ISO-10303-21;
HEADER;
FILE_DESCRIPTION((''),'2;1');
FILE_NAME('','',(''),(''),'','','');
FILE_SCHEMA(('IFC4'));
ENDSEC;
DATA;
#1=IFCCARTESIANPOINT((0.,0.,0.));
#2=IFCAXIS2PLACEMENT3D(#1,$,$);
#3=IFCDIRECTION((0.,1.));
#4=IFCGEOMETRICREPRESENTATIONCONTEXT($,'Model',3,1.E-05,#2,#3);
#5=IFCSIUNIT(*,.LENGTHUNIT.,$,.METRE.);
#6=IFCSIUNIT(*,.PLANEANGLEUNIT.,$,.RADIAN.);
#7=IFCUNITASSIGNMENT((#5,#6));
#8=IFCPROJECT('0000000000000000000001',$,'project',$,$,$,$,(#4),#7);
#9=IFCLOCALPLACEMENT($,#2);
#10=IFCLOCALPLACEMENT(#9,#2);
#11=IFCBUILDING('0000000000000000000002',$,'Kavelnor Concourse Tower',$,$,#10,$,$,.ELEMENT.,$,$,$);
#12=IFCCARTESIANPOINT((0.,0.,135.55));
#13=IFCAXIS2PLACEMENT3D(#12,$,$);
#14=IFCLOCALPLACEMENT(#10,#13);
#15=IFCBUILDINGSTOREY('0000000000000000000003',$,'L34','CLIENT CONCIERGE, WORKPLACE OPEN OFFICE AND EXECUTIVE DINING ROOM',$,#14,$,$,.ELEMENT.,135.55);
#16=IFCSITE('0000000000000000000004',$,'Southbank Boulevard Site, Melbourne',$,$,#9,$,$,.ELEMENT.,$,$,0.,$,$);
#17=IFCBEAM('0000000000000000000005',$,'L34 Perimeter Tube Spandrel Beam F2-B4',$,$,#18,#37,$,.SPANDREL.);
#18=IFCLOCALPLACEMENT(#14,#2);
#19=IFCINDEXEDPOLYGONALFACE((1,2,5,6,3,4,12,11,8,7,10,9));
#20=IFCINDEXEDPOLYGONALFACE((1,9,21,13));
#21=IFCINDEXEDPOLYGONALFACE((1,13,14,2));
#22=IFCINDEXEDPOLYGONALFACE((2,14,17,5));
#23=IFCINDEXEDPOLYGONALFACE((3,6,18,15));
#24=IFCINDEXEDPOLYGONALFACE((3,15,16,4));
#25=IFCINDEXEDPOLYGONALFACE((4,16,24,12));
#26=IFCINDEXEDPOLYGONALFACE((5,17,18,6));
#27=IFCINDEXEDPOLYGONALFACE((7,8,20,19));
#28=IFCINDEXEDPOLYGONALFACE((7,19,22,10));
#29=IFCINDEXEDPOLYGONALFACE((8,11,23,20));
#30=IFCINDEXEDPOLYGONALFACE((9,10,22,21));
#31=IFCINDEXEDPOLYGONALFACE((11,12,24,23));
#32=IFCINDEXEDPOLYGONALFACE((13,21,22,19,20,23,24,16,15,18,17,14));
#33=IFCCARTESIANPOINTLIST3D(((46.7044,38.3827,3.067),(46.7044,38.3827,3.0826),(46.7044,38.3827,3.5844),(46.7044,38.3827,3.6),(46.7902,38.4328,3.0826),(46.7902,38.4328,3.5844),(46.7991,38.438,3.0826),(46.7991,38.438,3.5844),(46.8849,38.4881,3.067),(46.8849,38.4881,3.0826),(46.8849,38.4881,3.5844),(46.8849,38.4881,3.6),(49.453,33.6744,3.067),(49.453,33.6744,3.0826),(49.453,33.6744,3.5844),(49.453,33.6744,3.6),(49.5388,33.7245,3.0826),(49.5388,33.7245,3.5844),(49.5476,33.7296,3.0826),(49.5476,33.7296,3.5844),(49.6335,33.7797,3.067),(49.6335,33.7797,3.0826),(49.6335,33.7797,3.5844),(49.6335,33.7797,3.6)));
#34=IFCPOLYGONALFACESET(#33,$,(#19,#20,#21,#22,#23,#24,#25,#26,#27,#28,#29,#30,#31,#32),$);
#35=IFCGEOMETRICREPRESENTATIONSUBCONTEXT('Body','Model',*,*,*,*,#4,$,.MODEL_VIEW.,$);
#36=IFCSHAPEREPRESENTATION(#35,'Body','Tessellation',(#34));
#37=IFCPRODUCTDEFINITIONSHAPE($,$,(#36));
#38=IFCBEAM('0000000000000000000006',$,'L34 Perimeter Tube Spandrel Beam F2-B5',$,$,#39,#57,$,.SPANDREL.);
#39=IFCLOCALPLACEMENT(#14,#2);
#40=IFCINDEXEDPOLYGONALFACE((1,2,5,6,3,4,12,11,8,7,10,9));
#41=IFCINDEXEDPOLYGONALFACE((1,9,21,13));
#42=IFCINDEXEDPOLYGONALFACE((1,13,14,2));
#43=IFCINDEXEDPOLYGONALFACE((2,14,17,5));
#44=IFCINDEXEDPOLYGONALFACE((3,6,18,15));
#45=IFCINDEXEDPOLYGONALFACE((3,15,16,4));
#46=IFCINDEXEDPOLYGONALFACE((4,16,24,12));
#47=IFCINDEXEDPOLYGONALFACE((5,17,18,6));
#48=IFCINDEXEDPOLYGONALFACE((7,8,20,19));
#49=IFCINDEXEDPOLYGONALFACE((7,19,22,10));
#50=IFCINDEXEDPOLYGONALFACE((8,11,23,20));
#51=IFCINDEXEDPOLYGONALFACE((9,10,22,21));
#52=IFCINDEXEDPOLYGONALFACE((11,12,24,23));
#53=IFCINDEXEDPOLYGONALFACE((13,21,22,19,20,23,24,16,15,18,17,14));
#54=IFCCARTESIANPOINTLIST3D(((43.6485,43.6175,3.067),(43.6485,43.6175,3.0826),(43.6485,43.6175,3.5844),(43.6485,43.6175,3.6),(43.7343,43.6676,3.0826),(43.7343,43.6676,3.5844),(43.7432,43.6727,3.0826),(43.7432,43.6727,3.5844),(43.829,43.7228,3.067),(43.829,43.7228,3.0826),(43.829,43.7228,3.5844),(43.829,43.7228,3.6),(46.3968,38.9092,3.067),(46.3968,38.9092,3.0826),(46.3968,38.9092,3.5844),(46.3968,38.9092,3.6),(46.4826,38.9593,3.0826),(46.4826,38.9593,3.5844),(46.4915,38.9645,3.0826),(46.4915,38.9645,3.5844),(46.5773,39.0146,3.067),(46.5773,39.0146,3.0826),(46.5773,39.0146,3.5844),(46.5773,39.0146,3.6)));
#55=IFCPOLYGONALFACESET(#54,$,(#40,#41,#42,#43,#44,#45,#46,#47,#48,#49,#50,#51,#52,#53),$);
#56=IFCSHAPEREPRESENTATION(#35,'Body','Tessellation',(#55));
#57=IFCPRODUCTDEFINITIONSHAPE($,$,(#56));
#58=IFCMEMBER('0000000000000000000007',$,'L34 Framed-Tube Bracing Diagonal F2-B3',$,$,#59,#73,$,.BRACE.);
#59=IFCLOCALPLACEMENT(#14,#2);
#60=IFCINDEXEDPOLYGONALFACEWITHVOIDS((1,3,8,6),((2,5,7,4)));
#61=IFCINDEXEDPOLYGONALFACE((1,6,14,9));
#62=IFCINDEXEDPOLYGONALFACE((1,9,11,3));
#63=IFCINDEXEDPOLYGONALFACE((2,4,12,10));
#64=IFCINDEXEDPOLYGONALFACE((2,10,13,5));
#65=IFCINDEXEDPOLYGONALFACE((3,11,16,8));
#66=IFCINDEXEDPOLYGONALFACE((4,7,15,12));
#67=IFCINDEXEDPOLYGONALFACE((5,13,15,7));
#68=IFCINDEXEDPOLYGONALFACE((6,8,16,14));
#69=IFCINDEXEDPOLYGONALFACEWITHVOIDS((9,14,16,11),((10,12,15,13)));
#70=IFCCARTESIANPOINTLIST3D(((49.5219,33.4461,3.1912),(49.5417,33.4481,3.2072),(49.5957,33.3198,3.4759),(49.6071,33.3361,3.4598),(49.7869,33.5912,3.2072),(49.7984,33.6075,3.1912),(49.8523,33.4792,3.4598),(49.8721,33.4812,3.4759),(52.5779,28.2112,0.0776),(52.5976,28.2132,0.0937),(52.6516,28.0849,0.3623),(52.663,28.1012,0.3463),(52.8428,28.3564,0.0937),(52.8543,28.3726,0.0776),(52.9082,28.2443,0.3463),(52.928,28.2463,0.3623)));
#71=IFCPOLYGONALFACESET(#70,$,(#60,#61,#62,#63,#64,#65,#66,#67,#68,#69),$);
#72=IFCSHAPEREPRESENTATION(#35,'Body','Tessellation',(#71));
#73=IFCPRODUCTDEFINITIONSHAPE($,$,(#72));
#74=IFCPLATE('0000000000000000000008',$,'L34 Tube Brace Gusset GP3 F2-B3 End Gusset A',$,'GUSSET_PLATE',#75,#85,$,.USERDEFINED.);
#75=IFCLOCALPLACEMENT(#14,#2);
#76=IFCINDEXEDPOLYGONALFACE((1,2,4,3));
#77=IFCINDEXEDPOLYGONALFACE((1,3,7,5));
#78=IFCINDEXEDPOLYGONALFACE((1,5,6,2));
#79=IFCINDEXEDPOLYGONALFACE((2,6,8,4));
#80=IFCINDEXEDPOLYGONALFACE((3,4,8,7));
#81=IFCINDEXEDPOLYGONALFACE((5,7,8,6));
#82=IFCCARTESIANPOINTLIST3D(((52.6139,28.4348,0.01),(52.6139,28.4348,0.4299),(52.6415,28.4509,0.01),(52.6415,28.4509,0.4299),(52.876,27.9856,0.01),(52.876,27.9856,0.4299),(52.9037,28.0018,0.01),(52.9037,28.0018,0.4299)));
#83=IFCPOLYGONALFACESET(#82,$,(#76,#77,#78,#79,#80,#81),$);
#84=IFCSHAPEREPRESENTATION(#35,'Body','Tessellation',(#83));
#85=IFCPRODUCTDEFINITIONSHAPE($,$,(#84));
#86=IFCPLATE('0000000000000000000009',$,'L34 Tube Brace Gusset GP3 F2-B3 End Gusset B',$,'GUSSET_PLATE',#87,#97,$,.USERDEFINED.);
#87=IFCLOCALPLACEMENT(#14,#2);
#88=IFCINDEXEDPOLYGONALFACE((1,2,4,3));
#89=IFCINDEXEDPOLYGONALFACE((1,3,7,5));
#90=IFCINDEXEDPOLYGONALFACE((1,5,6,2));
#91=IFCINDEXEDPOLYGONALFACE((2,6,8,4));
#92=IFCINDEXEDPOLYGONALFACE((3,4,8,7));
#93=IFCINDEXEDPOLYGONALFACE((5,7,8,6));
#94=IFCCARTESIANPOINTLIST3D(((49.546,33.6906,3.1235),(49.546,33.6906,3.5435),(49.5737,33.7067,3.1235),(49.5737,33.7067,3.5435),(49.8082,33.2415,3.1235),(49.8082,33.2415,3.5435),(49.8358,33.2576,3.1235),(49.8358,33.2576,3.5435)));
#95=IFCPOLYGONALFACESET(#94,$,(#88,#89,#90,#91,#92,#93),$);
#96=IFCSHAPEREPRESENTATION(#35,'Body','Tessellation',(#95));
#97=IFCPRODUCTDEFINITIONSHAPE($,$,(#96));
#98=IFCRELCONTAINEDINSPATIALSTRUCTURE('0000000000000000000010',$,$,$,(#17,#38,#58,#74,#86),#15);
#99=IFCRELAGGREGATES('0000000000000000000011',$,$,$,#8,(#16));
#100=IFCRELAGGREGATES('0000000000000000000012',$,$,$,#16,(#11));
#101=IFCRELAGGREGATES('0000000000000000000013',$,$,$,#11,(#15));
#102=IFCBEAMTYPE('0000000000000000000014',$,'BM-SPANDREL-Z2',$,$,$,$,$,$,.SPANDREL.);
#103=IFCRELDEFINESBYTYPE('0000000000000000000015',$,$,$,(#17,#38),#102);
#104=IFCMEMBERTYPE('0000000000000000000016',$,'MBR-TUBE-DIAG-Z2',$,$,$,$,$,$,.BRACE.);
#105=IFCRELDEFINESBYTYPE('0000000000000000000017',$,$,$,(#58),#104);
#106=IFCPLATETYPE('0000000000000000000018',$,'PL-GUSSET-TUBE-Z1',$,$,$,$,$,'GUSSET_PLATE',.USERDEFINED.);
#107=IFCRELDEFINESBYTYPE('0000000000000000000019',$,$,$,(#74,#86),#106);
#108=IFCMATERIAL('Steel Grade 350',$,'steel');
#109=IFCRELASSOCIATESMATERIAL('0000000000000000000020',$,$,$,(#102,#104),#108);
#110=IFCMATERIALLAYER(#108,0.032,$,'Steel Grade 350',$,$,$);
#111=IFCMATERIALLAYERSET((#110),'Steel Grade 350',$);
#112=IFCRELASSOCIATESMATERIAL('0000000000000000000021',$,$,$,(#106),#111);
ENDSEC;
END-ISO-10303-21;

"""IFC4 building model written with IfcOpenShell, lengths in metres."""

from ifc_helpers import new_model, si_unit, direction, frame, origin, origin_2d, place, context, subcontext, project, spatial, rectangle, hollow_rectangle, i_section, extrude, material, layer, layer_set, material_profile, profile_set, type_object, element, save


model = new_model("IFC4")

# Units and contexts
model_context = context("Model", 3, precision=1e-05, world=origin(), true_north=direction((0.0, 1.0)))
body_context = subcontext(model_context, "Body", "Model", "MODEL_VIEW")
ifc_project = project(units=[si_unit("LENGTHUNIT", "METRE"), si_unit("PLANEANGLEUNIT", "RADIAN")], contexts=[model_context])

# Site, building, storey
site_placement = place(None, origin())
site = spatial("IfcSite", under=ifc_project, at=site_placement, Name="Southbank Boulevard Site, Melbourne", CompositionType="ELEMENT", RefElevation=0.0)
building_placement = place(site_placement, origin())
building = spatial("IfcBuilding", under=site, at=building_placement, Name="Kavelnor Concourse Tower", CompositionType="ELEMENT")
storey_placement = place(building_placement, frame((0.0, 0.0, 135.55)))
storey = spatial("IfcBuildingStorey", under=building, at=storey_placement, Name="L34", Description="CLIENT CONCIERGE, WORKPLACE OPEN OFFICE AND EXECUTIVE DINING ROOM", CompositionType="ELEMENT", Elevation=135.55)

# Shared definitions
ifc_material_1 = material(Name="Steel Grade 350", Category="steel")

# Beams
ifc_material_profile_1 = material_profile(ifc_material_1, i_section(OverallWidth=0.209, OverallDepth=0.533, WebThickness=0.0103, FlangeThickness=0.0156, at=origin_2d()), Name="530UB92")
ifc_profile_set_1 = profile_set([ifc_material_profile_1], Name="Steel Grade 350")
beam_type_1 = type_object("IfcBeamType", Name="BM-SPANDREL-Z2", PredefinedType="SPANDREL", material=ifc_profile_set_1)
beam_1_placement = place(storey_placement, frame((49.5432, 33.7271, 3.3335), z_axis=(-0.504152, 0.863615, 0.0), x_axis=(-0.863615, -0.504152, 0.0)))
element("IfcBeam", 1, at=beam_1_placement, inside=storey, type_object=beam_type_1, Name="L34 Perimeter Tube Spandrel Beam F2-B4", PredefinedType="SPANDREL", context=body_context, shape_type="SweptSolid", body=[
    extrude(i_section(OverallWidth=0.209, OverallDepth=0.533, WebThickness=0.0103, FlangeThickness=0.0156, at=origin_2d()), origin(), (0.0, 0.0, 1.0), 5.4519),
])
beam_2_placement = place(storey_placement, frame((46.4871, 38.9619, 3.3335), z_axis=(-0.504119, 0.863634, 0.0), x_axis=(-0.863634, -0.504119, 0.0)))
element("IfcBeam", 2, at=beam_2_placement, inside=storey, type_object=beam_type_1, Name="L34 Perimeter Tube Spandrel Beam F2-B5", PredefinedType="SPANDREL", context=body_context, shape_type="SweptSolid", body=[
    extrude(i_section(OverallWidth=0.209, OverallDepth=0.533, WebThickness=0.0103, FlangeThickness=0.0156, at=origin_2d()), origin(), (0.0, 0.0, 1.0), 5.4517),
])

# Member
ifc_material_profile_2 = material_profile(ifc_material_1, hollow_rectangle(XDim=0.3201, YDim=0.3201, WallThickness=0.0181, at=origin_2d()), Name="SHS 320x320x18")
ifc_profile_set_2 = profile_set([ifc_material_profile_2], Name="Steel Grade 350")
member_type = type_object("IfcMemberType", Name="MBR-TUBE-DIAG-Z2", PredefinedType="BRACE", material=ifc_profile_set_2)
member_placement = place(storey_placement, frame((52.7529, 28.2288, 0.22), z_axis=(-0.448447, 0.768203, 0.456902), x_axis=(-0.863618, -0.504146, 0.0)))
element("IfcMember", 3, at=member_placement, inside=storey, type_object=member_type, Name="L34 Framed-Tube Bracing Diagonal F2-B3", PredefinedType="BRACE", context=body_context, shape_type="SweptSolid", body=[
    extrude(hollow_rectangle(XDim=0.3201, YDim=0.3201, WallThickness=0.0181, at=origin_2d()), origin(), (0.0, 0.0, 1.0), 6.8145),
])

# Plates
ifc_layer_1 = layer(ifc_material_1, 0.032, Name="Steel Grade 350")
ifc_layer_set_1 = layer_set([ifc_layer_1], Name="Steel Grade 350")
plate_type = type_object("IfcPlateType", Name="PL-GUSSET-TUBE-Z1", ElementType="GUSSET_PLATE", PredefinedType="USERDEFINED", material=ifc_layer_set_1)
for number, where, z_axis, x_axis, name in (
    (4, (52.7588, 28.2183, 0.01), (0.0, 0.0, 1.0), (-0.504075, 0.86366, 0.0), "L34 Tube Brace Gusset GP3 F2-B3 End Gusset A"),
    (5, (49.6909, 33.4741, 3.1235), (0.0, 0.0, 1.0), (-0.504075, 0.86366, 0.0), "L34 Tube Brace Gusset GP3 F2-B3 End Gusset B"),
):
    element("IfcPlate", number, at=place(storey_placement, frame(where, z_axis=z_axis, x_axis=x_axis)), inside=storey, type_object=plate_type, Name=name, ObjectType="GUSSET_PLATE", PredefinedType="USERDEFINED", context=body_context, shape_type="SweptSolid", body=[
        extrude(rectangle(XDim=0.52, YDim=0.032, at=origin_2d()), origin(), (0.0, 0.0, 1.0), 0.4199),
    ])

save(model, "model.ifc")
